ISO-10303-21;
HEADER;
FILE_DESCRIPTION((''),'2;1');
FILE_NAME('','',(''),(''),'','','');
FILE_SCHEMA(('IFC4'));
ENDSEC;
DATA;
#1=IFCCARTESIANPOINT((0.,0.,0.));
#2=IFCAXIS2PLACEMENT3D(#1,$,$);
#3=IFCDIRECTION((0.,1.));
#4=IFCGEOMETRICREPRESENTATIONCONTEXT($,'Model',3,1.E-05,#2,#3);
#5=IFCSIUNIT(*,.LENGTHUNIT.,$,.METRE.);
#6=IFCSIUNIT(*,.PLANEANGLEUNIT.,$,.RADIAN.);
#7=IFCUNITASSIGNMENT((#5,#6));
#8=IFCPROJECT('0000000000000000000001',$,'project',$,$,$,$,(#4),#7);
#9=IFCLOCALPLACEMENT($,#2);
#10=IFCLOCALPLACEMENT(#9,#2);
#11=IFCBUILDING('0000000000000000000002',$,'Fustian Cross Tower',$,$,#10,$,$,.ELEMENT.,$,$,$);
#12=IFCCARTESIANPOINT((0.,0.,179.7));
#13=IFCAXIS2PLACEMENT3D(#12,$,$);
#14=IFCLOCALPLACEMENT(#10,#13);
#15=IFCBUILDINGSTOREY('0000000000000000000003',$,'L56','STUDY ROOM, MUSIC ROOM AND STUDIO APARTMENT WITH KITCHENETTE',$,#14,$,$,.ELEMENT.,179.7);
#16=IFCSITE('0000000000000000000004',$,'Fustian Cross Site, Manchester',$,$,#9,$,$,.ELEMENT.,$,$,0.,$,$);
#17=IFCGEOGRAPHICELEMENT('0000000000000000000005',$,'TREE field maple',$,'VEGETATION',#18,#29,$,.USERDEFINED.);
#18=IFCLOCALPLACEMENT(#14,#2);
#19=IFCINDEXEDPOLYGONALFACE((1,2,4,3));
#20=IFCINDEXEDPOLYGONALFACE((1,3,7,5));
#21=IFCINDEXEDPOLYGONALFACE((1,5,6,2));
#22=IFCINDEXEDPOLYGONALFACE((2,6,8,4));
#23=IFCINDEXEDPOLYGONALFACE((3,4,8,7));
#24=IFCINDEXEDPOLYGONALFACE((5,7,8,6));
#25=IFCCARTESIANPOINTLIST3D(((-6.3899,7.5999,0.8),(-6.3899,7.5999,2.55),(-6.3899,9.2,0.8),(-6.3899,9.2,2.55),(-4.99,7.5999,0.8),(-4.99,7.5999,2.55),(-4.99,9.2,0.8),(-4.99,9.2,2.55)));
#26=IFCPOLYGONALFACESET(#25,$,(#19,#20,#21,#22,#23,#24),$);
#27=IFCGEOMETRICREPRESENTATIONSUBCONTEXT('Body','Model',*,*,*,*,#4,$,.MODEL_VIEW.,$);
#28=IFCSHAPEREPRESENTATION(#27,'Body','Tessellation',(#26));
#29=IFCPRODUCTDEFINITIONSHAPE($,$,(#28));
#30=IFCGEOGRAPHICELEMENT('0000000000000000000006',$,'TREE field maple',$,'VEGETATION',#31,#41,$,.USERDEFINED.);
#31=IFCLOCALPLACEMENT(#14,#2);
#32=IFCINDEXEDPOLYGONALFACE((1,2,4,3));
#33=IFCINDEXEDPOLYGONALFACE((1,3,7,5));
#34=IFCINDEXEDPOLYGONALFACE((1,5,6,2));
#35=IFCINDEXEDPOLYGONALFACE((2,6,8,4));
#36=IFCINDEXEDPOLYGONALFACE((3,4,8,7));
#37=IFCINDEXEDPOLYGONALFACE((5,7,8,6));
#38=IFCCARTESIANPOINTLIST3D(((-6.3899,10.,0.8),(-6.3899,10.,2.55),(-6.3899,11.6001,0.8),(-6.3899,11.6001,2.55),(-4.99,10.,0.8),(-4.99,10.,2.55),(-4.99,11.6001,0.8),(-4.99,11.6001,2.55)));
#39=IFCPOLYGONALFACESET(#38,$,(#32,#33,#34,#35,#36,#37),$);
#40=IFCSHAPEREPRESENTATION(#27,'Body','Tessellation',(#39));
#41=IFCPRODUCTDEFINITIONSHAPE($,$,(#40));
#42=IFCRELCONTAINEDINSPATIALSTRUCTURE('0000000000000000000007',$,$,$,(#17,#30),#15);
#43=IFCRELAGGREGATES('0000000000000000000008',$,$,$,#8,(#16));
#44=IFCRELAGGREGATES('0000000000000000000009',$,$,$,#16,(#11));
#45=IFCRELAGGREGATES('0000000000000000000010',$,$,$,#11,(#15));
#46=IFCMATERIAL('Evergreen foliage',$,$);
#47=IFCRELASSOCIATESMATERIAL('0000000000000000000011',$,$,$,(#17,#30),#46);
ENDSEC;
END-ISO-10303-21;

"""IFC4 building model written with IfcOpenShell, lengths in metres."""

from ifc_helpers import new_model, si_unit, direction, frame, origin, origin_2d, place, context, subcontext, project, spatial, rectangle, extrude, material, element, save


model = new_model("IFC4")

# Units and contexts
model_context = context("Model", 3, precision=1e-05, world=origin(), true_north=direction((0.0, 1.0)))
body_context = subcontext(model_context, "Body", "Model", "MODEL_VIEW")
ifc_project = project(units=[si_unit("LENGTHUNIT", "METRE"), si_unit("PLANEANGLEUNIT", "RADIAN")], contexts=[model_context])

# Site, building, storey
site_placement = place(None, origin())
site = spatial("IfcSite", under=ifc_project, at=site_placement, Name="Fustian Cross Site, Manchester", CompositionType="ELEMENT", RefElevation=0.0)
building_placement = place(site_placement, origin())
building = spatial("IfcBuilding", under=site, at=building_placement, Name="Fustian Cross Tower", CompositionType="ELEMENT")
storey_placement = place(building_placement, frame((0.0, 0.0, 179.7)))
storey = spatial("IfcBuildingStorey", under=building, at=storey_placement, Name="L56", Description="STUDY ROOM, MUSIC ROOM AND STUDIO APARTMENT WITH KITCHENETTE", CompositionType="ELEMENT", Elevation=179.7)

# Geographic elements
ifc_material_1 = material(Name="Evergreen foliage")
for number, where, z_axis, x_axis, name in (
    (1, (-5.6899, 8.3999, 0.8), (0.0, 0.0, 1.0), (1.0, 0.0, 0.0), "TREE field maple"),
    (2, (-5.6899, 10.8, 0.8), (0.0, 0.0, 1.0), (1.0, 0.0, 0.0), "TREE field maple"),
):
    element("IfcGeographicElement", number, at=place(storey_placement, frame(where, z_axis=z_axis, x_axis=x_axis)), inside=storey, material=ifc_material_1, Name=name, ObjectType="VEGETATION", PredefinedType="USERDEFINED", context=body_context, shape_type="SweptSolid", body=[
        extrude(rectangle(XDim=1.3999, YDim=1.6001, at=origin_2d()), origin(), (0.0, 0.0, 1.0), 1.75),
    ])

save(model, "model.ifc")
